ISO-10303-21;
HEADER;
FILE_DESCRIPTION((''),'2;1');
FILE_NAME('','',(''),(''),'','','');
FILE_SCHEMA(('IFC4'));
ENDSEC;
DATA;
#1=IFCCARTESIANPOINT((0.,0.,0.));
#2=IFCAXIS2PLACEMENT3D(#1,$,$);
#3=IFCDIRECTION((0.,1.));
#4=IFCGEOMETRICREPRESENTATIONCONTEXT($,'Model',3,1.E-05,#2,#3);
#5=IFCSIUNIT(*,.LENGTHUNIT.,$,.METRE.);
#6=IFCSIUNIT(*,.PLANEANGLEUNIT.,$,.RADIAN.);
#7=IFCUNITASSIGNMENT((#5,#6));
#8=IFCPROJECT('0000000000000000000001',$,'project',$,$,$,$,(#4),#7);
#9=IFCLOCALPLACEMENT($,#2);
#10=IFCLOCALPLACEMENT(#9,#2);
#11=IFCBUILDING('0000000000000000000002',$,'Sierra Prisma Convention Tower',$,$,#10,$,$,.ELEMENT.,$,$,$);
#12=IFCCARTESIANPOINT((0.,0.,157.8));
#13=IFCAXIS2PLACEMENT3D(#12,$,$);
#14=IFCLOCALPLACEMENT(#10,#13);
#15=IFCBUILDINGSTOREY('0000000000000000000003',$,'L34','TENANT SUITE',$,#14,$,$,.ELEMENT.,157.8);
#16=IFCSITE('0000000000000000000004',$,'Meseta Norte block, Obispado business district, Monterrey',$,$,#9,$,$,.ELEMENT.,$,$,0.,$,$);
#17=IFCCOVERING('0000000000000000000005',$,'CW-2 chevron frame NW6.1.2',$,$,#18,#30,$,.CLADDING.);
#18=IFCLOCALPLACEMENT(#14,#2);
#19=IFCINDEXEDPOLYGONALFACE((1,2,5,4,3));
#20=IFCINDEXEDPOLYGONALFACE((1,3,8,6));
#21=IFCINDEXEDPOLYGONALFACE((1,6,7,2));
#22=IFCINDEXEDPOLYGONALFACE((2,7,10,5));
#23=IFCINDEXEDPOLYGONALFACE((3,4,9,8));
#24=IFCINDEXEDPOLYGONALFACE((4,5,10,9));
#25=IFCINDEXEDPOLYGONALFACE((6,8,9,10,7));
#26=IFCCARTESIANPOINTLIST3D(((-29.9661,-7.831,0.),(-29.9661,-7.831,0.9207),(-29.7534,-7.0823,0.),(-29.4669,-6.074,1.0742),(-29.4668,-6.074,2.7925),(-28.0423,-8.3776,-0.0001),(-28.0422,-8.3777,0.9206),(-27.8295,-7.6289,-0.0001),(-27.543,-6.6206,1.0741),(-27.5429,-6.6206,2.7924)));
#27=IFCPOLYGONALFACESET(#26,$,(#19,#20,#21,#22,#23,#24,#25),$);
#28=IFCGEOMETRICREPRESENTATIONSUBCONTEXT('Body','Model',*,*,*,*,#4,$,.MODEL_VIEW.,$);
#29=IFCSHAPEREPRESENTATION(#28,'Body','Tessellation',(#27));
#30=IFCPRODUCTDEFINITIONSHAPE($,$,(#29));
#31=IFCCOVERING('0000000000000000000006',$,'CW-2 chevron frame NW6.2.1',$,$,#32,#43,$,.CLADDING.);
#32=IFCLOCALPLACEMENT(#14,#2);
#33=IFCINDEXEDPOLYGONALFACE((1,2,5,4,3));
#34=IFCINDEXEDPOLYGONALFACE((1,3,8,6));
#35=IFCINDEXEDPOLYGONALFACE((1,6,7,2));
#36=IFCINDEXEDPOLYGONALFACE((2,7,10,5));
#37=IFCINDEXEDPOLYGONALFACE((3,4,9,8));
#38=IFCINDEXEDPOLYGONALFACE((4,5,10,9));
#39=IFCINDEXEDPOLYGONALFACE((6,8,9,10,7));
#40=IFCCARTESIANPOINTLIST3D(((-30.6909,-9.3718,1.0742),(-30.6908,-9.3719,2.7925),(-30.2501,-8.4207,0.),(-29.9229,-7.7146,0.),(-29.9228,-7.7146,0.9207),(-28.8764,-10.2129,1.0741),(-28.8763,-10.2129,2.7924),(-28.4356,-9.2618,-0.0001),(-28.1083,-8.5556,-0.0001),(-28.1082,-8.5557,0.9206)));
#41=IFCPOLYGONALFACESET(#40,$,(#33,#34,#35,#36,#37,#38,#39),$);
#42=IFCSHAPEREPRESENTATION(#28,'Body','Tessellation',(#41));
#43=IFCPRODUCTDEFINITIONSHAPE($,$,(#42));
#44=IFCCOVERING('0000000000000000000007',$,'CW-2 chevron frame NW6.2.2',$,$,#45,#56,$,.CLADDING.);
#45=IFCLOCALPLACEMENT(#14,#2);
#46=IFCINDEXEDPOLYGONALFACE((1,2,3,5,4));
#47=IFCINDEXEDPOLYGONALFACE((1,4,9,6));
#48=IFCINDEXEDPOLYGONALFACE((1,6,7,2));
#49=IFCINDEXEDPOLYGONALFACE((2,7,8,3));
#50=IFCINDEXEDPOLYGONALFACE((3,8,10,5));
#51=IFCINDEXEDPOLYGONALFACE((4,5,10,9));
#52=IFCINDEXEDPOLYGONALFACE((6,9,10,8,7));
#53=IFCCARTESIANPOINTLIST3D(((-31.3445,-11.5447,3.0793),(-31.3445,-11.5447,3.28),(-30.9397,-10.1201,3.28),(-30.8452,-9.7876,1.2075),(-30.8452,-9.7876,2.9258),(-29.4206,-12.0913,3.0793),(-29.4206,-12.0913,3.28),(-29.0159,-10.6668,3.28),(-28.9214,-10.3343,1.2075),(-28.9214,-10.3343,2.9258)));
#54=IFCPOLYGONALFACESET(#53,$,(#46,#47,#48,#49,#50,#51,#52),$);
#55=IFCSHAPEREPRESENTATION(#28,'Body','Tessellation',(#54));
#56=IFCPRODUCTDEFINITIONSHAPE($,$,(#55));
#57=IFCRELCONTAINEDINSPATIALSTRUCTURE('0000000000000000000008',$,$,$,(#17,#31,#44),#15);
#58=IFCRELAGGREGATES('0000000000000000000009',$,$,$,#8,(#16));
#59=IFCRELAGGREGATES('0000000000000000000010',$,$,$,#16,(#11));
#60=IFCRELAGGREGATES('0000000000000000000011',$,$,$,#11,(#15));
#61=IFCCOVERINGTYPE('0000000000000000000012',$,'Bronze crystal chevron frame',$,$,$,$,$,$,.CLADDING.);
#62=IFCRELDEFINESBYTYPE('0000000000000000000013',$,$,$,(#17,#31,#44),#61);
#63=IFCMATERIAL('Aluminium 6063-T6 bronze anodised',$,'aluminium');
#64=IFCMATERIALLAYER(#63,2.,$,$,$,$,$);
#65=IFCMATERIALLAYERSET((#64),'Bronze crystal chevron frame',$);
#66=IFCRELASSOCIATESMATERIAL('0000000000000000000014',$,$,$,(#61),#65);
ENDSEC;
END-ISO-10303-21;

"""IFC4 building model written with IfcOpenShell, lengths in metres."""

from ifc_helpers import new_model, si_unit, direction, frame, origin, place, context, subcontext, project, spatial, polyline, outline, extrude, material, layer, layer_set, type_object, element, save


model = new_model("IFC4")

# Units and contexts
model_context = context("Model", 3, precision=1e-05, world=origin(), true_north=direction((0.0, 1.0)))
body_context = subcontext(model_context, "Body", "Model", "MODEL_VIEW")
ifc_project = project(units=[si_unit("LENGTHUNIT", "METRE"), si_unit("PLANEANGLEUNIT", "RADIAN")], contexts=[model_context])

# Site, building, storey
site_placement = place(None, origin())
site = spatial("IfcSite", under=ifc_project, at=site_placement, Name="Meseta Norte block, Obispado business district, Monterrey", CompositionType="ELEMENT", RefElevation=0.0)
building_placement = place(site_placement, origin())
building = spatial("IfcBuilding", under=site, at=building_placement, Name="Sierra Prisma Convention Tower", CompositionType="ELEMENT")
storey_placement = place(building_placement, frame((0.0, 0.0, 157.8)))
storey = spatial("IfcBuildingStorey", under=building, at=storey_placement, Name="L34", Description="TENANT SUITE", CompositionType="ELEMENT", Elevation=157.8)

# Coverings
ifc_material_1 = material(Name="Aluminium 6063-T6 bronze anodised", Category="aluminium")
ifc_layer_1 = layer(ifc_material_1, 2.0)
ifc_layer_set_1 = layer_set([ifc_layer_1], Name="Bronze crystal chevron frame")
covering_type = type_object("IfcCoveringType", Name="Bronze crystal chevron frame", PredefinedType="CLADDING", material=ifc_layer_set_1)
covering_1_placement = place(storey_placement, frame((-29.4668, -6.074, 2.7925), z_axis=(-0.961927, 0.273306, 0.000036), x_axis=(-0.000035, 0.00001, -1.0)))
element("IfcCovering", 1, at=covering_1_placement, inside=storey, type_object=covering_type, Name="CW-2 chevron frame NW6.1.2", PredefinedType="CLADDING", context=body_context, shape_type="SweptSolid", body=[
    extrude(outline(polyline([(0.0, 0.0), (1.7183, 0.0), (2.7925, 1.0482), (2.7925, 1.8266), (1.8718, 1.8266), (0.0, 0.0)])), origin(), (0.0, 0.0, -1.0), 2.0),
])
covering_2_placement = place(storey_placement, frame((-29.9229, -7.7146, 0.0), z_axis=(-0.907282, 0.420524, 0.000047), x_axis=(-0.420524, -0.907282, 0.0)))
element("IfcCovering", 2, at=covering_2_placement, inside=storey, type_object=covering_type, Name="CW-2 chevron frame NW6.2.1", PredefinedType="CLADDING", context=body_context, shape_type="SweptSolid", body=[
    extrude(outline(polyline([(0.0, 0.0), (0.7783, 0.0), (1.8266, 1.0742), (1.8266, 2.7925), (0.0, 0.9207), (0.0, 0.0)])), origin(), (0.0, 0.0, -1.0), 2.0),
])
covering_3_placement = place(storey_placement, frame((-31.3445, -11.5447, 3.28), z_axis=(-0.961921, 0.273326, 0.000001), x_axis=(0.273326, 0.961921, 0.0)))
element("IfcCovering", 3, at=covering_3_placement, inside=storey, type_object=covering_type, Name="CW-2 chevron frame NW6.2.2", PredefinedType="CLADDING", context=body_context, shape_type="SweptSolid", body=[
    extrude(outline(polyline([(0.0, 0.0), (1.481, 0.0), (1.8266, 0.3542), (1.8266, 2.0725), (0.0, 0.2007), (0.0, 0.0)])), origin(), (0.0, 0.0, -1.0), 2.0),
])

save(model, "model.ifc")
